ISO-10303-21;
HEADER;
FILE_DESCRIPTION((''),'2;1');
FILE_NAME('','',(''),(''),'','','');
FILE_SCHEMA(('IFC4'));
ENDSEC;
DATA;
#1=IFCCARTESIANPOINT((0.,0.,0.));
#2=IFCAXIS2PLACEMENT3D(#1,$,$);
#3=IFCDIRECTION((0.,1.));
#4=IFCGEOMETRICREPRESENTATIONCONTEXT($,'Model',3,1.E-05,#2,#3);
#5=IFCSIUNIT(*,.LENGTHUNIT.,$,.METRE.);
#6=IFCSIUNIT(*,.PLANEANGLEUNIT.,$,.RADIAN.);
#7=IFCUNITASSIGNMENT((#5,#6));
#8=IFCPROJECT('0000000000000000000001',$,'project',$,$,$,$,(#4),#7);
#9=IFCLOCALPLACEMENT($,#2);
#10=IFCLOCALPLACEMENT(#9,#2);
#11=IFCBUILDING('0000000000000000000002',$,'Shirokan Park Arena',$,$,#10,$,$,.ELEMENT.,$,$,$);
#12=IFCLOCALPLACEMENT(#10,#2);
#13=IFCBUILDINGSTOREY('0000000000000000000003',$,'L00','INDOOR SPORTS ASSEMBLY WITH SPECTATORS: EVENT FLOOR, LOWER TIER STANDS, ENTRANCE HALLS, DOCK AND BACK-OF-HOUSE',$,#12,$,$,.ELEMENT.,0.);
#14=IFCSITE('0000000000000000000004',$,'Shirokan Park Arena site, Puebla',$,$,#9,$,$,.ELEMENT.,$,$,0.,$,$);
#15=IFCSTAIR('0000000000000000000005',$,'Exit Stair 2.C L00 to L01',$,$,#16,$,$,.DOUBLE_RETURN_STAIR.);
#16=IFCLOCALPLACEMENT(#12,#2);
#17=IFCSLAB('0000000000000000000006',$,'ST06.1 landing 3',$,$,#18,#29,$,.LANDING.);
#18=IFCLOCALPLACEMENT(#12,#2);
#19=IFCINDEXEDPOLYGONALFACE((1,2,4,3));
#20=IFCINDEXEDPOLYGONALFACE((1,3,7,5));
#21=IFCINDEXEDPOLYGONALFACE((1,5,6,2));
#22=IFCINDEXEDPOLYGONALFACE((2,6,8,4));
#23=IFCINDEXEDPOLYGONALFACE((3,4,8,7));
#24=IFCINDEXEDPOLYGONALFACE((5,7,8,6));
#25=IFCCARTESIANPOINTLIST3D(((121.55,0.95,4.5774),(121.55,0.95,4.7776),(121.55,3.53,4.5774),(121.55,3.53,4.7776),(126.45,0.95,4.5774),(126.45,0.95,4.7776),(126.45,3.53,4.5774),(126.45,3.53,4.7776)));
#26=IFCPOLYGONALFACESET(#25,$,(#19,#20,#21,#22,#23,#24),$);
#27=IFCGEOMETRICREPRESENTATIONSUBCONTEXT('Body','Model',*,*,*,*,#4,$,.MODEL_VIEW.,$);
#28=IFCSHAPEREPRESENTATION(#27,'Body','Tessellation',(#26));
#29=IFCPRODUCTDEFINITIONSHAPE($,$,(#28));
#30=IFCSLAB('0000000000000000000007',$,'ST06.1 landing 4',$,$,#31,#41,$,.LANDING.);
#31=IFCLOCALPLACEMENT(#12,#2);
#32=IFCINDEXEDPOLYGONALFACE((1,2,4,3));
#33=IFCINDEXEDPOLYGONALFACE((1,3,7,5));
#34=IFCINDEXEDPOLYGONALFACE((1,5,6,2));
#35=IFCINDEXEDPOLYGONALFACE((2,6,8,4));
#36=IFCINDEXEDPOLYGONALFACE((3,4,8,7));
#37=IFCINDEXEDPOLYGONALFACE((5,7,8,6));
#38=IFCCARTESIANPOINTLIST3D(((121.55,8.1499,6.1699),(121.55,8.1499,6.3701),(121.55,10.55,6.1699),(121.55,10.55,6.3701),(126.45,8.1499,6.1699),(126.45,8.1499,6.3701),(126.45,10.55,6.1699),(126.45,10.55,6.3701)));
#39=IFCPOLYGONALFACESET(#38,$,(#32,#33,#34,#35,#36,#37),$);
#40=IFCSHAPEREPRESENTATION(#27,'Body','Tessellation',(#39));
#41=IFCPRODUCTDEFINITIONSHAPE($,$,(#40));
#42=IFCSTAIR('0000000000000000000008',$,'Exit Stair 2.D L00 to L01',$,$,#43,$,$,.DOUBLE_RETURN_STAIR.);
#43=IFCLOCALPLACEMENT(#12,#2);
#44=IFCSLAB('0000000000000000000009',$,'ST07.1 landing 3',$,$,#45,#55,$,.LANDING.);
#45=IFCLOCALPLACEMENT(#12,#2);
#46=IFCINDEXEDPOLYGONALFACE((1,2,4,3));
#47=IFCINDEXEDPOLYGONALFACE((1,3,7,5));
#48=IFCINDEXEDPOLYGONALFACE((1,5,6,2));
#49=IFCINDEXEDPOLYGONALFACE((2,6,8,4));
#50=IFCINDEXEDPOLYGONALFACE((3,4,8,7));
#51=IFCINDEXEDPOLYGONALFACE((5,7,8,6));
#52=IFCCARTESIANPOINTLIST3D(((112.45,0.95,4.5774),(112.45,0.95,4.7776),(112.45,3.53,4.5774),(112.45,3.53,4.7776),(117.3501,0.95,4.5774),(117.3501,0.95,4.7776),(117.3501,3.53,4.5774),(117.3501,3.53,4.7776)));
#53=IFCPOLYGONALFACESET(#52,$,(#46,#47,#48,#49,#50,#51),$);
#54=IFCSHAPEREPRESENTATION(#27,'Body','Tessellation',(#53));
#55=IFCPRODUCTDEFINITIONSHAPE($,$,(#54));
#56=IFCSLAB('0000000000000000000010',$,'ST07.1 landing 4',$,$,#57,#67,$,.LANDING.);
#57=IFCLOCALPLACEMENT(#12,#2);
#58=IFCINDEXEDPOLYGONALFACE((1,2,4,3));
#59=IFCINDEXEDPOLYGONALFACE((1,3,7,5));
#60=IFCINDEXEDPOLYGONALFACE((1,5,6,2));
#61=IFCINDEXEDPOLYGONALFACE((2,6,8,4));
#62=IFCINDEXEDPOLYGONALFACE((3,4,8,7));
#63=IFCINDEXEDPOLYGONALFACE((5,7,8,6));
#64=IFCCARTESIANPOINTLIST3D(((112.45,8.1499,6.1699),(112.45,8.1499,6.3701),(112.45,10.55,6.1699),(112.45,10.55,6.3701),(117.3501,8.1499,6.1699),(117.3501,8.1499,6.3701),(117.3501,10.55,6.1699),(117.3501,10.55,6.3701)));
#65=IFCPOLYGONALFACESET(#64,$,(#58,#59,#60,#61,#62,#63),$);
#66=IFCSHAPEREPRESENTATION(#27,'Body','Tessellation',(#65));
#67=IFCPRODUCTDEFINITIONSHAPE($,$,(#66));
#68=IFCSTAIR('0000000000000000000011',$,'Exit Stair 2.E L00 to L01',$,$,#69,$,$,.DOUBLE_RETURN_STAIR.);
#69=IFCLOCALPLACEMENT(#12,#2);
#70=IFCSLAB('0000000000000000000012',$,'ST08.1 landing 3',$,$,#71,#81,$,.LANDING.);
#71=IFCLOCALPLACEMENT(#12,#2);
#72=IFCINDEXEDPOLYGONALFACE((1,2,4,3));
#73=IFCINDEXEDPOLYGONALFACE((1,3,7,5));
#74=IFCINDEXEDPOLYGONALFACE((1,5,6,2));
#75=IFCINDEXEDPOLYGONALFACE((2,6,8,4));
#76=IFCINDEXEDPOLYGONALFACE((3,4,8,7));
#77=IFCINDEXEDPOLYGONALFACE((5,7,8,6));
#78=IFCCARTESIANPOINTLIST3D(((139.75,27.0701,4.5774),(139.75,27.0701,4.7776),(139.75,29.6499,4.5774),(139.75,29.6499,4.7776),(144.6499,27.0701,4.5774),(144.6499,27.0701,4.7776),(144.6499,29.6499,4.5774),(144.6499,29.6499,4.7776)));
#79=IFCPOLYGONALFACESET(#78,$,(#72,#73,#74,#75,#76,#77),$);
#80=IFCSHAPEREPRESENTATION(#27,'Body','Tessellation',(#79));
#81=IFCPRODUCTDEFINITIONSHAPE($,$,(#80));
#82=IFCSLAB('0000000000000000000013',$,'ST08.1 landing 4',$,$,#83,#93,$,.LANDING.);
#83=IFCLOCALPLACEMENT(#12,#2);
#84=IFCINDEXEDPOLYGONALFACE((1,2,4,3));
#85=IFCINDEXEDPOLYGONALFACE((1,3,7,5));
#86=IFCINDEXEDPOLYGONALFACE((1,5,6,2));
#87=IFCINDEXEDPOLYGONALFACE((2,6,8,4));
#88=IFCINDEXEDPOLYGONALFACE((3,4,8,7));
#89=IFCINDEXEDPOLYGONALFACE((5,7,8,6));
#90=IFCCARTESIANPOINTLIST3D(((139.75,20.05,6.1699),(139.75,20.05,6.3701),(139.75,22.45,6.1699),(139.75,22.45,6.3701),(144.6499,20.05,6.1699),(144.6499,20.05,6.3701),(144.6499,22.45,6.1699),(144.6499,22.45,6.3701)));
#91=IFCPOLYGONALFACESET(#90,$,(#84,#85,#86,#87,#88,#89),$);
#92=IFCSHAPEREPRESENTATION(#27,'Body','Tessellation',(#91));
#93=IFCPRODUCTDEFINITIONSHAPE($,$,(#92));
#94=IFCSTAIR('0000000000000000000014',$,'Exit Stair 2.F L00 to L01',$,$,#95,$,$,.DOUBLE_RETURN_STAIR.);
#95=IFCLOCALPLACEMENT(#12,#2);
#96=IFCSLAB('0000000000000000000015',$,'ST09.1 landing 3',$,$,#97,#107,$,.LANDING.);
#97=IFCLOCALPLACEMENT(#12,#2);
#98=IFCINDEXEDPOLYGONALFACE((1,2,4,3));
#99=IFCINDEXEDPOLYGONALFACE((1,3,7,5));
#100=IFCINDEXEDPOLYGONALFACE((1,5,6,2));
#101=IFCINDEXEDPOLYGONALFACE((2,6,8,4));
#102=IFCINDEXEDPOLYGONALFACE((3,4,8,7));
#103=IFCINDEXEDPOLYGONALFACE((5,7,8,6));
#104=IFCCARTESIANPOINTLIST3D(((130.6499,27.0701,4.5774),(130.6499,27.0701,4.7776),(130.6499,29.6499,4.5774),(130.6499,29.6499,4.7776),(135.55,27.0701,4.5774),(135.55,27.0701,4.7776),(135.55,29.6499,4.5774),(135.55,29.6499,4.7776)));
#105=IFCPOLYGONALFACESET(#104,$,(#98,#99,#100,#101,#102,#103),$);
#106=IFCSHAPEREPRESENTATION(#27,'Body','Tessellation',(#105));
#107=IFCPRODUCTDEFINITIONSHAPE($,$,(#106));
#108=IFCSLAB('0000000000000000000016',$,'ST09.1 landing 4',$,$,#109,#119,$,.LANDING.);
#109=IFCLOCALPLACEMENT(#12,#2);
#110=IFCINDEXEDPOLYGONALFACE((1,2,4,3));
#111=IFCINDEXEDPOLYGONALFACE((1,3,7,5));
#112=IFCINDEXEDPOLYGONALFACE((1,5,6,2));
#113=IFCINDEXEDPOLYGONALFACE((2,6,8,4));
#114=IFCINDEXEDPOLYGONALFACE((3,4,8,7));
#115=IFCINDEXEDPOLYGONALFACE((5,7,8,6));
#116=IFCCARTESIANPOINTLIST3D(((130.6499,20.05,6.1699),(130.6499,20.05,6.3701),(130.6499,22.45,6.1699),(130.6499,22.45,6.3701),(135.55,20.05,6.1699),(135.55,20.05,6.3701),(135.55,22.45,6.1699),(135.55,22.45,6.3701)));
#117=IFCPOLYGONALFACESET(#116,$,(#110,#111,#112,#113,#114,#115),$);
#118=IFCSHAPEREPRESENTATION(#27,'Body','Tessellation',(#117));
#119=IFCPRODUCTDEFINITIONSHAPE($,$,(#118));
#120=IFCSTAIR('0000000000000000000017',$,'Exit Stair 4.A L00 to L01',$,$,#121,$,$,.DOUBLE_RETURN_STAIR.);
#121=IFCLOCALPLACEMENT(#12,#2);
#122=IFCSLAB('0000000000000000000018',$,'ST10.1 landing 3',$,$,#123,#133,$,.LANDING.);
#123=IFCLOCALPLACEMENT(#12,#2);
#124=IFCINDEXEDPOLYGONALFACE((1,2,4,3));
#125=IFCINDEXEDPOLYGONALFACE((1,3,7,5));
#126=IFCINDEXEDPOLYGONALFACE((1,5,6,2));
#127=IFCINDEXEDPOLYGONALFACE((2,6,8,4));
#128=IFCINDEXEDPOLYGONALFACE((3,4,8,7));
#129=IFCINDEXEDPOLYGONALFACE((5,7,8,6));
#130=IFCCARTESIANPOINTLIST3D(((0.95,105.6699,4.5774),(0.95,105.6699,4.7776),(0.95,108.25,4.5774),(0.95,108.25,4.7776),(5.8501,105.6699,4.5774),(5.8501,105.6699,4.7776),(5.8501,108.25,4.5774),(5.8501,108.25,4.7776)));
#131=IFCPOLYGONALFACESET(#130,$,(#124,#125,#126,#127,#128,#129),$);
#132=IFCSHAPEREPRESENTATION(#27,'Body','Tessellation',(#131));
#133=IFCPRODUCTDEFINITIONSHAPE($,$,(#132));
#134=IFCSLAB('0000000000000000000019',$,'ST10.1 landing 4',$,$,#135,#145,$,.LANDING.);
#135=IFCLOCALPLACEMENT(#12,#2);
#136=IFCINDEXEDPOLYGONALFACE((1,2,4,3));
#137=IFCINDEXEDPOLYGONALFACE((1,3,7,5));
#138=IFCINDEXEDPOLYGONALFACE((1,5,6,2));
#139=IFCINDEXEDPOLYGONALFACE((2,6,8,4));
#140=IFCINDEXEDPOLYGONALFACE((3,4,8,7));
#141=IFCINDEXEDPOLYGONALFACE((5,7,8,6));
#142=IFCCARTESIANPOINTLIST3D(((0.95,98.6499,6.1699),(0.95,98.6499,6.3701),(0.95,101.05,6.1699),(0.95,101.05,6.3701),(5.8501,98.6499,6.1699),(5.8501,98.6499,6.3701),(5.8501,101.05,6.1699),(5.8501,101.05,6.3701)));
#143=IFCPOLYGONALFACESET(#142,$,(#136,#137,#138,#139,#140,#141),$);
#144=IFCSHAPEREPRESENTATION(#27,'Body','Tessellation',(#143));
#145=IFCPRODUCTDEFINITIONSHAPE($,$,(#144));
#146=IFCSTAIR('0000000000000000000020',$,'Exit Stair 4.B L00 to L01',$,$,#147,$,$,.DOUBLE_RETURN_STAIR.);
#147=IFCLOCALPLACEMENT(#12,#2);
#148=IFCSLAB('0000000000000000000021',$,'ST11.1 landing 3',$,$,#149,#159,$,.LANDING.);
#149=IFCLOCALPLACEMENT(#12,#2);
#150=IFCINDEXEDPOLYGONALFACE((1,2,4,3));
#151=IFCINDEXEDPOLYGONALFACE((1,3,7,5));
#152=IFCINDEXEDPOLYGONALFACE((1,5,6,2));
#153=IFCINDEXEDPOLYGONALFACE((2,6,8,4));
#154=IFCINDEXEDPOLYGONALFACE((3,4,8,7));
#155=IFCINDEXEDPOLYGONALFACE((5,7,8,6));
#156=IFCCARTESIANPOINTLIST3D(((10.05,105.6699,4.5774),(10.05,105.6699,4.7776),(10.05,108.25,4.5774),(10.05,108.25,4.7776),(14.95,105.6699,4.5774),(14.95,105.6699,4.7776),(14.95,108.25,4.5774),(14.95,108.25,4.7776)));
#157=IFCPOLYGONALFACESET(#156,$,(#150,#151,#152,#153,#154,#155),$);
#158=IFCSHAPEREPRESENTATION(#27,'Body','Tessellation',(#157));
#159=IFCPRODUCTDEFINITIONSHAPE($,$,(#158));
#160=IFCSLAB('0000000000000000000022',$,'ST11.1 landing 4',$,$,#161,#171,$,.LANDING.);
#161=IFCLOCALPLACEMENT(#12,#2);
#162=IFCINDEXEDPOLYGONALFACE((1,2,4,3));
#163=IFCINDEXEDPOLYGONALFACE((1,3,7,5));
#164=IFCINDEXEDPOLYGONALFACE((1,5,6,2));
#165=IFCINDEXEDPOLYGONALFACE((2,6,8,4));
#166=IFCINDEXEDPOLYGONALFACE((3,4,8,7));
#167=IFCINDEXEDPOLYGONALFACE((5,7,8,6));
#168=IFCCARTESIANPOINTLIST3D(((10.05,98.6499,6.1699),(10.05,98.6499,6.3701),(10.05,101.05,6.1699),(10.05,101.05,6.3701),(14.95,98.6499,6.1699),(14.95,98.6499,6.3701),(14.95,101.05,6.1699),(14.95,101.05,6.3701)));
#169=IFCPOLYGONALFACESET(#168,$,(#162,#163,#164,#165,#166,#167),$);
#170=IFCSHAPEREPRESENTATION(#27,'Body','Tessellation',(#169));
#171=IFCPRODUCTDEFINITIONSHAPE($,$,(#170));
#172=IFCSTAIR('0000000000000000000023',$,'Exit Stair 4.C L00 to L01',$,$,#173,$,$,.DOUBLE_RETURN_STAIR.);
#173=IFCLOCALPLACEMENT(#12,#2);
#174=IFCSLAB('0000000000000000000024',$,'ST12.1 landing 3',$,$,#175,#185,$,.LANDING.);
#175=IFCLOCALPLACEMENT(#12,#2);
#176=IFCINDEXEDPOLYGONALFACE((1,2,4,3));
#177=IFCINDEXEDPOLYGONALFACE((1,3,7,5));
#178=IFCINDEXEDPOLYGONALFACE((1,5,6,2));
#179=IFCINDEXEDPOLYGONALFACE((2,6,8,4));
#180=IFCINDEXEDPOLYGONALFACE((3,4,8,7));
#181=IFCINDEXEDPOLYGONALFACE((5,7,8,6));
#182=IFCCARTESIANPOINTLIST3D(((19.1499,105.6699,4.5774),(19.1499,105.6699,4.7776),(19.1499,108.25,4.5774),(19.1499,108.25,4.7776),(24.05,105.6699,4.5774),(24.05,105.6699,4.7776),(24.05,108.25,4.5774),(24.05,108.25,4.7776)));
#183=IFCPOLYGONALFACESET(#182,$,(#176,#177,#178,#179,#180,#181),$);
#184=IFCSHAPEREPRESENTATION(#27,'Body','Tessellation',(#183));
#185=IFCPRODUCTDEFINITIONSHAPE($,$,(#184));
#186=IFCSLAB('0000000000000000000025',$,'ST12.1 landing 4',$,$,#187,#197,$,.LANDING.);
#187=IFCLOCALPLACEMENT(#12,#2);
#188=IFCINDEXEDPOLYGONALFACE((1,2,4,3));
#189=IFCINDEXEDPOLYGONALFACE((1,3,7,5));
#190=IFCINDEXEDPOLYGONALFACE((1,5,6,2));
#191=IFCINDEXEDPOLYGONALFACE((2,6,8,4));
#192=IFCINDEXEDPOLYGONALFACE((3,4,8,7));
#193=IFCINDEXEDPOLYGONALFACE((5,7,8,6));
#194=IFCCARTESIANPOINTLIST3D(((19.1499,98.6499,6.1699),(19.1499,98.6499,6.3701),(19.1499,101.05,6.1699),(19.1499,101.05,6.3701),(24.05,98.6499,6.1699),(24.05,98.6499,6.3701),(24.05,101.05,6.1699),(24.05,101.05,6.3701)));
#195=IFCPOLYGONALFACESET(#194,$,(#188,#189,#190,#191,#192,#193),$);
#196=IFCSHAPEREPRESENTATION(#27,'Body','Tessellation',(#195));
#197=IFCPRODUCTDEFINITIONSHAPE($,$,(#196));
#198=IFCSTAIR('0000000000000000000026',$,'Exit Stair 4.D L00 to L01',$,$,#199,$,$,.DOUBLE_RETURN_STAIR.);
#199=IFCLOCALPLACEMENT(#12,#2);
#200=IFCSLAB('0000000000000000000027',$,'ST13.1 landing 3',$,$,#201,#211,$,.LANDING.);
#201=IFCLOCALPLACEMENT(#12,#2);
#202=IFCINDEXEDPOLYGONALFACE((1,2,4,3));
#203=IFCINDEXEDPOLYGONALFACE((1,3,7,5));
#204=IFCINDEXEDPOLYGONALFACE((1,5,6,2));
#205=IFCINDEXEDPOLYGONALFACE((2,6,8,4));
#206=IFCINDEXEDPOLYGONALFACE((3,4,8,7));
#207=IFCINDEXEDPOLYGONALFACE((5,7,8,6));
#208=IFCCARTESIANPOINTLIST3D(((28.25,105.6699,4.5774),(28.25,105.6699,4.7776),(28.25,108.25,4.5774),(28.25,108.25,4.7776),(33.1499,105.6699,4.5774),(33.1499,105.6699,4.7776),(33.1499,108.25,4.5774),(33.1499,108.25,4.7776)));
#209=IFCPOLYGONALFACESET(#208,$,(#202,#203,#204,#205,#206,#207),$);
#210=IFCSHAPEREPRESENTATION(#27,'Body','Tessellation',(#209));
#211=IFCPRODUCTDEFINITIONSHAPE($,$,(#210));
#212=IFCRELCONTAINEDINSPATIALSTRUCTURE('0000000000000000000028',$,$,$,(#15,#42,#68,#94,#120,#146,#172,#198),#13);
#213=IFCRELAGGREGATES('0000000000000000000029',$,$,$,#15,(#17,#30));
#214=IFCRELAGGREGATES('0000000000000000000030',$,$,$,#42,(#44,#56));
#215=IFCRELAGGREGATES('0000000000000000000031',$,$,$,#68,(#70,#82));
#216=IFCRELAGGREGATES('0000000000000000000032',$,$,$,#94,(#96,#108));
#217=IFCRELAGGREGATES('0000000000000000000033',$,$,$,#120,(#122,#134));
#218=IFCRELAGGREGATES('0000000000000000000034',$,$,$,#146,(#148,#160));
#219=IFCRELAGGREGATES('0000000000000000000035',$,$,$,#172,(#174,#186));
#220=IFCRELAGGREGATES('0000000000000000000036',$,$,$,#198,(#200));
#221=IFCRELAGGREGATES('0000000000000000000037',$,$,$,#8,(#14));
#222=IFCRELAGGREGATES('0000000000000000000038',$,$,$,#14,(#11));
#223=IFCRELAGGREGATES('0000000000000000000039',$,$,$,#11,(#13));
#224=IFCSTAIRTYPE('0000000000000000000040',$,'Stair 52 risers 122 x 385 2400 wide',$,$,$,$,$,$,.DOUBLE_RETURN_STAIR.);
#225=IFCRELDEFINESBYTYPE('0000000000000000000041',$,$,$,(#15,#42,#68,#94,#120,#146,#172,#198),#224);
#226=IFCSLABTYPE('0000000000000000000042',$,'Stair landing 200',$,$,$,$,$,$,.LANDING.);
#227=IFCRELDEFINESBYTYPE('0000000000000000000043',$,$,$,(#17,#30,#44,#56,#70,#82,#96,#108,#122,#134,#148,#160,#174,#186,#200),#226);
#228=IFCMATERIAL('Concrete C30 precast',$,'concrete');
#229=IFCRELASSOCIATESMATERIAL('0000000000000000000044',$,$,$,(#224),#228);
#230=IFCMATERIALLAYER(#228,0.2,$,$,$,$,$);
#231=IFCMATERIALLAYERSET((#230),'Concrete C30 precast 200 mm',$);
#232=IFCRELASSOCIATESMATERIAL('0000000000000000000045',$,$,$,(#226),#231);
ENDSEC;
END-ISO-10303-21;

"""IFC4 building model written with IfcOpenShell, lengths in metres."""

from ifc_helpers import new_model, si_unit, direction, frame, origin, place, context, subcontext, project, spatial, polyline, outline, extrude, material, layer, layer_set, type_object, element, aggregate, save


model = new_model("IFC4")

# Units and contexts
model_context = context("Model", 3, precision=1e-05, world=origin(), true_north=direction((0.0, 1.0)))
body_context = subcontext(model_context, "Body", "Model", "MODEL_VIEW")
ifc_project = project(units=[si_unit("LENGTHUNIT", "METRE"), si_unit("PLANEANGLEUNIT", "RADIAN")], contexts=[model_context])

# Site, building, storey
site_placement = place(None, origin())
site = spatial("IfcSite", under=ifc_project, at=site_placement, Name="Shirokan Park Arena site, Puebla", CompositionType="ELEMENT", RefElevation=0.0)
building_placement = place(site_placement, origin())
building = spatial("IfcBuilding", under=site, at=building_placement, Name="Shirokan Park Arena", CompositionType="ELEMENT")
storey_placement = place(building_placement, origin())
storey = spatial("IfcBuildingStorey", under=building, at=storey_placement, Name="L00", Description="INDOOR SPORTS ASSEMBLY WITH SPECTATORS: EVENT FLOOR, LOWER TIER STANDS, ENTRANCE HALLS, DOCK AND BACK-OF-HOUSE", CompositionType="ELEMENT", Elevation=0.0)

# Stairs, slabs
ifc_material = material(Name="Concrete C30 precast", Category="concrete")
stair_type = type_object("IfcStairType", Name="Stair 52 risers 122 x 385 2400 wide", PredefinedType="DOUBLE_RETURN_STAIR", material=ifc_material)
stair_1_placement = place(storey_placement, origin())
stair_1 = element("IfcStair", 1, at=stair_1_placement, inside=storey, type_object=stair_type, Name="Exit Stair 2.C L00 to L01", PredefinedType="DOUBLE_RETURN_STAIR")
ifc_layer = layer(ifc_material, 0.2)
ifc_layer_set = layer_set([ifc_layer], Name="Concrete C30 precast 200 mm")
slab_type = type_object("IfcSlabType", Name="Stair landing 200", PredefinedType="LANDING", material=ifc_layer_set)
slab_1_placement = place(storey_placement, frame((0.0, 0.0, 4.5774)))
slab_1 = element("IfcSlab", 2, at=slab_1_placement, type_object=slab_type, Name="ST06.1 landing 3", PredefinedType="LANDING", context=body_context, shape_type="SweptSolid", body=[
    extrude(outline(polyline([(121.55, 0.95), (126.45, 0.95), (126.45, 3.53), (121.55, 3.53), (121.55, 0.95)])), origin(), (0.0, 0.0, 1.0), 0.2002),
])
slab_2_placement = place(storey_placement, frame((0.0, 0.0, 6.1699)))
slab_2 = element("IfcSlab", 3, at=slab_2_placement, type_object=slab_type, Name="ST06.1 landing 4", PredefinedType="LANDING", context=body_context, shape_type="SweptSolid", body=[
    extrude(outline(polyline([(121.55, 8.1499), (126.45, 8.1499), (126.45, 10.55), (121.55, 10.55), (121.55, 8.1499)])), origin(), (0.0, 0.0, 1.0), 0.2002),
])
aggregate(stair_1, [slab_1, slab_2])
stair_2_placement = place(storey_placement, origin())
stair_2 = element("IfcStair", 4, at=stair_2_placement, inside=storey, type_object=stair_type, Name="Exit Stair 2.D L00 to L01", PredefinedType="DOUBLE_RETURN_STAIR")
slab_3_placement = place(storey_placement, frame((0.0, 0.0, 4.5774)))
slab_3 = element("IfcSlab", 5, at=slab_3_placement, type_object=slab_type, Name="ST07.1 landing 3", PredefinedType="LANDING", context=body_context, shape_type="SweptSolid", body=[
    extrude(outline(polyline([(112.45, 0.95), (117.3501, 0.95), (117.3501, 3.53), (112.45, 3.53), (112.45, 0.95)])), origin(), (0.0, 0.0, 1.0), 0.2002),
])
slab_4_placement = place(storey_placement, frame((0.0, 0.0, 6.1699)))
slab_4 = element("IfcSlab", 6, at=slab_4_placement, type_object=slab_type, Name="ST07.1 landing 4", PredefinedType="LANDING", context=body_context, shape_type="SweptSolid", body=[
    extrude(outline(polyline([(112.45, 8.1499), (117.3501, 8.1499), (117.3501, 10.55), (112.45, 10.55), (112.45, 8.1499)])), origin(), (0.0, 0.0, 1.0), 0.2002),
])
aggregate(stair_2, [slab_3, slab_4])
stair_3_placement = place(storey_placement, origin())
stair_3 = element("IfcStair", 7, at=stair_3_placement, inside=storey, type_object=stair_type, Name="Exit Stair 2.E L00 to L01", PredefinedType="DOUBLE_RETURN_STAIR")
slab_5_placement = place(storey_placement, frame((0.0, 0.0, 4.5774)))
slab_5 = element("IfcSlab", 8, at=slab_5_placement, type_object=slab_type, Name="ST08.1 landing 3", PredefinedType="LANDING", context=body_context, shape_type="SweptSolid", body=[
    extrude(outline(polyline([(139.75, 27.0701), (144.6499, 27.0701), (144.6499, 29.6499), (139.75, 29.6499), (139.75, 27.0701)])), origin(), (0.0, 0.0, 1.0), 0.2002),
])
slab_6_placement = place(storey_placement, frame((0.0, 0.0, 6.1699)))
slab_6 = element("IfcSlab", 9, at=slab_6_placement, type_object=slab_type, Name="ST08.1 landing 4", PredefinedType="LANDING", context=body_context, shape_type="SweptSolid", body=[
    extrude(outline(polyline([(139.75, 20.05), (144.6499, 20.05), (144.6499, 22.45), (139.75, 22.45), (139.75, 20.05)])), origin(), (0.0, 0.0, 1.0), 0.2002),
])
aggregate(stair_3, [slab_5, slab_6])
stair_4_placement = place(storey_placement, origin())
stair_4 = element("IfcStair", 10, at=stair_4_placement, inside=storey, type_object=stair_type, Name="Exit Stair 2.F L00 to L01", PredefinedType="DOUBLE_RETURN_STAIR")
slab_7_placement = place(storey_placement, frame((0.0, 0.0, 4.5774)))
slab_7 = element("IfcSlab", 11, at=slab_7_placement, type_object=slab_type, Name="ST09.1 landing 3", PredefinedType="LANDING", context=body_context, shape_type="SweptSolid", body=[
    extrude(outline(polyline([(130.6499, 27.0701), (135.55, 27.0701), (135.55, 29.6499), (130.6499, 29.6499), (130.6499, 27.0701)])), origin(), (0.0, 0.0, 1.0), 0.2002),
])
slab_8_placement = place(storey_placement, frame((0.0, 0.0, 6.1699)))
slab_8 = element("IfcSlab", 12, at=slab_8_placement, type_object=slab_type, Name="ST09.1 landing 4", PredefinedType="LANDING", context=body_context, shape_type="SweptSolid", body=[
    extrude(outline(polyline([(130.6499, 20.05), (135.55, 20.05), (135.55, 22.45), (130.6499, 22.45), (130.6499, 20.05)])), origin(), (0.0, 0.0, 1.0), 0.2002),
])
aggregate(stair_4, [slab_7, slab_8])
stair_5_placement = place(storey_placement, origin())
stair_5 = element("IfcStair", 13, at=stair_5_placement, inside=storey, type_object=stair_type, Name="Exit Stair 4.A L00 to L01", PredefinedType="DOUBLE_RETURN_STAIR")
slab_9_placement = place(storey_placement, frame((0.0, 0.0, 4.5774)))
slab_9 = element("IfcSlab", 14, at=slab_9_placement, type_object=slab_type, Name="ST10.1 landing 3", PredefinedType="LANDING", context=body_context, shape_type="SweptSolid", body=[
    extrude(outline(polyline([(0.95, 105.6699), (5.8501, 105.6699), (5.8501, 108.25), (0.95, 108.25), (0.95, 105.6699)])), origin(), (0.0, 0.0, 1.0), 0.2002),
])
slab_10_placement = place(storey_placement, frame((0.0, 0.0, 6.1699)))
slab_10 = element("IfcSlab", 15, at=slab_10_placement, type_object=slab_type, Name="ST10.1 landing 4", PredefinedType="LANDING", context=body_context, shape_type="SweptSolid", body=[
    extrude(outline(polyline([(0.95, 98.6499), (5.8501, 98.6499), (5.8501, 101.05), (0.95, 101.05), (0.95, 98.6499)])), origin(), (0.0, 0.0, 1.0), 0.2002),
])
aggregate(stair_5, [slab_9, slab_10])
stair_6_placement = place(storey_placement, origin())
stair_6 = element("IfcStair", 16, at=stair_6_placement, inside=storey, type_object=stair_type, Name="Exit Stair 4.B L00 to L01", PredefinedType="DOUBLE_RETURN_STAIR")
slab_11_placement = place(storey_placement, frame((0.0, 0.0, 4.5774)))
slab_11 = element("IfcSlab", 17, at=slab_11_placement, type_object=slab_type, Name="ST11.1 landing 3", PredefinedType="LANDING", context=body_context, shape_type="SweptSolid", body=[
    extrude(outline(polyline([(10.05, 105.6699), (14.95, 105.6699), (14.95, 108.25), (10.05, 108.25), (10.05, 105.6699)])), origin(), (0.0, 0.0, 1.0), 0.2002),
])
slab_12_placement = place(storey_placement, frame((0.0, 0.0, 6.1699)))
slab_12 = element("IfcSlab", 18, at=slab_12_placement, type_object=slab_type, Name="ST11.1 landing 4", PredefinedType="LANDING", context=body_context, shape_type="SweptSolid", body=[
    extrude(outline(polyline([(10.05, 98.6499), (14.95, 98.6499), (14.95, 101.05), (10.05, 101.05), (10.05, 98.6499)])), origin(), (0.0, 0.0, 1.0), 0.2002),
])
aggregate(stair_6, [slab_11, slab_12])
stair_7_placement = place(storey_placement, origin())
stair_7 = element("IfcStair", 19, at=stair_7_placement, inside=storey, type_object=stair_type, Name="Exit Stair 4.C L00 to L01", PredefinedType="DOUBLE_RETURN_STAIR")
slab_13_placement = place(storey_placement, frame((0.0, 0.0, 4.5774)))
slab_13 = element("IfcSlab", 20, at=slab_13_placement, type_object=slab_type, Name="ST12.1 landing 3", PredefinedType="LANDING", context=body_context, shape_type="SweptSolid", body=[
    extrude(outline(polyline([(19.1499, 105.6699), (24.05, 105.6699), (24.05, 108.25), (19.1499, 108.25), (19.1499, 105.6699)])), origin(), (0.0, 0.0, 1.0), 0.2002),
])
slab_14_placement = place(storey_placement, frame((0.0, 0.0, 6.1699)))
slab_14 = element("IfcSlab", 21, at=slab_14_placement, type_object=slab_type, Name="ST12.1 landing 4", PredefinedType="LANDING", context=body_context, shape_type="SweptSolid", body=[
    extrude(outline(polyline([(19.1499, 98.6499), (24.05, 98.6499), (24.05, 101.05), (19.1499, 101.05), (19.1499, 98.6499)])), origin(), (0.0, 0.0, 1.0), 0.2002),
])
aggregate(stair_7, [slab_13, slab_14])
stair_8_placement = place(storey_placement, origin())
stair_8 = element("IfcStair", 22, at=stair_8_placement, inside=storey, type_object=stair_type, Name="Exit Stair 4.D L00 to L01", PredefinedType="DOUBLE_RETURN_STAIR")
slab_15_placement = place(storey_placement, frame((0.0, 0.0, 4.5774)))
slab_15 = element("IfcSlab", 23, at=slab_15_placement, type_object=slab_type, Name="ST13.1 landing 3", PredefinedType="LANDING", context=body_context, shape_type="SweptSolid", body=[
    extrude(outline(polyline([(28.25, 105.6699), (33.1499, 105.6699), (33.1499, 108.25), (28.25, 108.25), (28.25, 105.6699)])), origin(), (0.0, 0.0, 1.0), 0.2002),
])
aggregate(stair_8, [slab_15])

save(model, "model.ifc")
